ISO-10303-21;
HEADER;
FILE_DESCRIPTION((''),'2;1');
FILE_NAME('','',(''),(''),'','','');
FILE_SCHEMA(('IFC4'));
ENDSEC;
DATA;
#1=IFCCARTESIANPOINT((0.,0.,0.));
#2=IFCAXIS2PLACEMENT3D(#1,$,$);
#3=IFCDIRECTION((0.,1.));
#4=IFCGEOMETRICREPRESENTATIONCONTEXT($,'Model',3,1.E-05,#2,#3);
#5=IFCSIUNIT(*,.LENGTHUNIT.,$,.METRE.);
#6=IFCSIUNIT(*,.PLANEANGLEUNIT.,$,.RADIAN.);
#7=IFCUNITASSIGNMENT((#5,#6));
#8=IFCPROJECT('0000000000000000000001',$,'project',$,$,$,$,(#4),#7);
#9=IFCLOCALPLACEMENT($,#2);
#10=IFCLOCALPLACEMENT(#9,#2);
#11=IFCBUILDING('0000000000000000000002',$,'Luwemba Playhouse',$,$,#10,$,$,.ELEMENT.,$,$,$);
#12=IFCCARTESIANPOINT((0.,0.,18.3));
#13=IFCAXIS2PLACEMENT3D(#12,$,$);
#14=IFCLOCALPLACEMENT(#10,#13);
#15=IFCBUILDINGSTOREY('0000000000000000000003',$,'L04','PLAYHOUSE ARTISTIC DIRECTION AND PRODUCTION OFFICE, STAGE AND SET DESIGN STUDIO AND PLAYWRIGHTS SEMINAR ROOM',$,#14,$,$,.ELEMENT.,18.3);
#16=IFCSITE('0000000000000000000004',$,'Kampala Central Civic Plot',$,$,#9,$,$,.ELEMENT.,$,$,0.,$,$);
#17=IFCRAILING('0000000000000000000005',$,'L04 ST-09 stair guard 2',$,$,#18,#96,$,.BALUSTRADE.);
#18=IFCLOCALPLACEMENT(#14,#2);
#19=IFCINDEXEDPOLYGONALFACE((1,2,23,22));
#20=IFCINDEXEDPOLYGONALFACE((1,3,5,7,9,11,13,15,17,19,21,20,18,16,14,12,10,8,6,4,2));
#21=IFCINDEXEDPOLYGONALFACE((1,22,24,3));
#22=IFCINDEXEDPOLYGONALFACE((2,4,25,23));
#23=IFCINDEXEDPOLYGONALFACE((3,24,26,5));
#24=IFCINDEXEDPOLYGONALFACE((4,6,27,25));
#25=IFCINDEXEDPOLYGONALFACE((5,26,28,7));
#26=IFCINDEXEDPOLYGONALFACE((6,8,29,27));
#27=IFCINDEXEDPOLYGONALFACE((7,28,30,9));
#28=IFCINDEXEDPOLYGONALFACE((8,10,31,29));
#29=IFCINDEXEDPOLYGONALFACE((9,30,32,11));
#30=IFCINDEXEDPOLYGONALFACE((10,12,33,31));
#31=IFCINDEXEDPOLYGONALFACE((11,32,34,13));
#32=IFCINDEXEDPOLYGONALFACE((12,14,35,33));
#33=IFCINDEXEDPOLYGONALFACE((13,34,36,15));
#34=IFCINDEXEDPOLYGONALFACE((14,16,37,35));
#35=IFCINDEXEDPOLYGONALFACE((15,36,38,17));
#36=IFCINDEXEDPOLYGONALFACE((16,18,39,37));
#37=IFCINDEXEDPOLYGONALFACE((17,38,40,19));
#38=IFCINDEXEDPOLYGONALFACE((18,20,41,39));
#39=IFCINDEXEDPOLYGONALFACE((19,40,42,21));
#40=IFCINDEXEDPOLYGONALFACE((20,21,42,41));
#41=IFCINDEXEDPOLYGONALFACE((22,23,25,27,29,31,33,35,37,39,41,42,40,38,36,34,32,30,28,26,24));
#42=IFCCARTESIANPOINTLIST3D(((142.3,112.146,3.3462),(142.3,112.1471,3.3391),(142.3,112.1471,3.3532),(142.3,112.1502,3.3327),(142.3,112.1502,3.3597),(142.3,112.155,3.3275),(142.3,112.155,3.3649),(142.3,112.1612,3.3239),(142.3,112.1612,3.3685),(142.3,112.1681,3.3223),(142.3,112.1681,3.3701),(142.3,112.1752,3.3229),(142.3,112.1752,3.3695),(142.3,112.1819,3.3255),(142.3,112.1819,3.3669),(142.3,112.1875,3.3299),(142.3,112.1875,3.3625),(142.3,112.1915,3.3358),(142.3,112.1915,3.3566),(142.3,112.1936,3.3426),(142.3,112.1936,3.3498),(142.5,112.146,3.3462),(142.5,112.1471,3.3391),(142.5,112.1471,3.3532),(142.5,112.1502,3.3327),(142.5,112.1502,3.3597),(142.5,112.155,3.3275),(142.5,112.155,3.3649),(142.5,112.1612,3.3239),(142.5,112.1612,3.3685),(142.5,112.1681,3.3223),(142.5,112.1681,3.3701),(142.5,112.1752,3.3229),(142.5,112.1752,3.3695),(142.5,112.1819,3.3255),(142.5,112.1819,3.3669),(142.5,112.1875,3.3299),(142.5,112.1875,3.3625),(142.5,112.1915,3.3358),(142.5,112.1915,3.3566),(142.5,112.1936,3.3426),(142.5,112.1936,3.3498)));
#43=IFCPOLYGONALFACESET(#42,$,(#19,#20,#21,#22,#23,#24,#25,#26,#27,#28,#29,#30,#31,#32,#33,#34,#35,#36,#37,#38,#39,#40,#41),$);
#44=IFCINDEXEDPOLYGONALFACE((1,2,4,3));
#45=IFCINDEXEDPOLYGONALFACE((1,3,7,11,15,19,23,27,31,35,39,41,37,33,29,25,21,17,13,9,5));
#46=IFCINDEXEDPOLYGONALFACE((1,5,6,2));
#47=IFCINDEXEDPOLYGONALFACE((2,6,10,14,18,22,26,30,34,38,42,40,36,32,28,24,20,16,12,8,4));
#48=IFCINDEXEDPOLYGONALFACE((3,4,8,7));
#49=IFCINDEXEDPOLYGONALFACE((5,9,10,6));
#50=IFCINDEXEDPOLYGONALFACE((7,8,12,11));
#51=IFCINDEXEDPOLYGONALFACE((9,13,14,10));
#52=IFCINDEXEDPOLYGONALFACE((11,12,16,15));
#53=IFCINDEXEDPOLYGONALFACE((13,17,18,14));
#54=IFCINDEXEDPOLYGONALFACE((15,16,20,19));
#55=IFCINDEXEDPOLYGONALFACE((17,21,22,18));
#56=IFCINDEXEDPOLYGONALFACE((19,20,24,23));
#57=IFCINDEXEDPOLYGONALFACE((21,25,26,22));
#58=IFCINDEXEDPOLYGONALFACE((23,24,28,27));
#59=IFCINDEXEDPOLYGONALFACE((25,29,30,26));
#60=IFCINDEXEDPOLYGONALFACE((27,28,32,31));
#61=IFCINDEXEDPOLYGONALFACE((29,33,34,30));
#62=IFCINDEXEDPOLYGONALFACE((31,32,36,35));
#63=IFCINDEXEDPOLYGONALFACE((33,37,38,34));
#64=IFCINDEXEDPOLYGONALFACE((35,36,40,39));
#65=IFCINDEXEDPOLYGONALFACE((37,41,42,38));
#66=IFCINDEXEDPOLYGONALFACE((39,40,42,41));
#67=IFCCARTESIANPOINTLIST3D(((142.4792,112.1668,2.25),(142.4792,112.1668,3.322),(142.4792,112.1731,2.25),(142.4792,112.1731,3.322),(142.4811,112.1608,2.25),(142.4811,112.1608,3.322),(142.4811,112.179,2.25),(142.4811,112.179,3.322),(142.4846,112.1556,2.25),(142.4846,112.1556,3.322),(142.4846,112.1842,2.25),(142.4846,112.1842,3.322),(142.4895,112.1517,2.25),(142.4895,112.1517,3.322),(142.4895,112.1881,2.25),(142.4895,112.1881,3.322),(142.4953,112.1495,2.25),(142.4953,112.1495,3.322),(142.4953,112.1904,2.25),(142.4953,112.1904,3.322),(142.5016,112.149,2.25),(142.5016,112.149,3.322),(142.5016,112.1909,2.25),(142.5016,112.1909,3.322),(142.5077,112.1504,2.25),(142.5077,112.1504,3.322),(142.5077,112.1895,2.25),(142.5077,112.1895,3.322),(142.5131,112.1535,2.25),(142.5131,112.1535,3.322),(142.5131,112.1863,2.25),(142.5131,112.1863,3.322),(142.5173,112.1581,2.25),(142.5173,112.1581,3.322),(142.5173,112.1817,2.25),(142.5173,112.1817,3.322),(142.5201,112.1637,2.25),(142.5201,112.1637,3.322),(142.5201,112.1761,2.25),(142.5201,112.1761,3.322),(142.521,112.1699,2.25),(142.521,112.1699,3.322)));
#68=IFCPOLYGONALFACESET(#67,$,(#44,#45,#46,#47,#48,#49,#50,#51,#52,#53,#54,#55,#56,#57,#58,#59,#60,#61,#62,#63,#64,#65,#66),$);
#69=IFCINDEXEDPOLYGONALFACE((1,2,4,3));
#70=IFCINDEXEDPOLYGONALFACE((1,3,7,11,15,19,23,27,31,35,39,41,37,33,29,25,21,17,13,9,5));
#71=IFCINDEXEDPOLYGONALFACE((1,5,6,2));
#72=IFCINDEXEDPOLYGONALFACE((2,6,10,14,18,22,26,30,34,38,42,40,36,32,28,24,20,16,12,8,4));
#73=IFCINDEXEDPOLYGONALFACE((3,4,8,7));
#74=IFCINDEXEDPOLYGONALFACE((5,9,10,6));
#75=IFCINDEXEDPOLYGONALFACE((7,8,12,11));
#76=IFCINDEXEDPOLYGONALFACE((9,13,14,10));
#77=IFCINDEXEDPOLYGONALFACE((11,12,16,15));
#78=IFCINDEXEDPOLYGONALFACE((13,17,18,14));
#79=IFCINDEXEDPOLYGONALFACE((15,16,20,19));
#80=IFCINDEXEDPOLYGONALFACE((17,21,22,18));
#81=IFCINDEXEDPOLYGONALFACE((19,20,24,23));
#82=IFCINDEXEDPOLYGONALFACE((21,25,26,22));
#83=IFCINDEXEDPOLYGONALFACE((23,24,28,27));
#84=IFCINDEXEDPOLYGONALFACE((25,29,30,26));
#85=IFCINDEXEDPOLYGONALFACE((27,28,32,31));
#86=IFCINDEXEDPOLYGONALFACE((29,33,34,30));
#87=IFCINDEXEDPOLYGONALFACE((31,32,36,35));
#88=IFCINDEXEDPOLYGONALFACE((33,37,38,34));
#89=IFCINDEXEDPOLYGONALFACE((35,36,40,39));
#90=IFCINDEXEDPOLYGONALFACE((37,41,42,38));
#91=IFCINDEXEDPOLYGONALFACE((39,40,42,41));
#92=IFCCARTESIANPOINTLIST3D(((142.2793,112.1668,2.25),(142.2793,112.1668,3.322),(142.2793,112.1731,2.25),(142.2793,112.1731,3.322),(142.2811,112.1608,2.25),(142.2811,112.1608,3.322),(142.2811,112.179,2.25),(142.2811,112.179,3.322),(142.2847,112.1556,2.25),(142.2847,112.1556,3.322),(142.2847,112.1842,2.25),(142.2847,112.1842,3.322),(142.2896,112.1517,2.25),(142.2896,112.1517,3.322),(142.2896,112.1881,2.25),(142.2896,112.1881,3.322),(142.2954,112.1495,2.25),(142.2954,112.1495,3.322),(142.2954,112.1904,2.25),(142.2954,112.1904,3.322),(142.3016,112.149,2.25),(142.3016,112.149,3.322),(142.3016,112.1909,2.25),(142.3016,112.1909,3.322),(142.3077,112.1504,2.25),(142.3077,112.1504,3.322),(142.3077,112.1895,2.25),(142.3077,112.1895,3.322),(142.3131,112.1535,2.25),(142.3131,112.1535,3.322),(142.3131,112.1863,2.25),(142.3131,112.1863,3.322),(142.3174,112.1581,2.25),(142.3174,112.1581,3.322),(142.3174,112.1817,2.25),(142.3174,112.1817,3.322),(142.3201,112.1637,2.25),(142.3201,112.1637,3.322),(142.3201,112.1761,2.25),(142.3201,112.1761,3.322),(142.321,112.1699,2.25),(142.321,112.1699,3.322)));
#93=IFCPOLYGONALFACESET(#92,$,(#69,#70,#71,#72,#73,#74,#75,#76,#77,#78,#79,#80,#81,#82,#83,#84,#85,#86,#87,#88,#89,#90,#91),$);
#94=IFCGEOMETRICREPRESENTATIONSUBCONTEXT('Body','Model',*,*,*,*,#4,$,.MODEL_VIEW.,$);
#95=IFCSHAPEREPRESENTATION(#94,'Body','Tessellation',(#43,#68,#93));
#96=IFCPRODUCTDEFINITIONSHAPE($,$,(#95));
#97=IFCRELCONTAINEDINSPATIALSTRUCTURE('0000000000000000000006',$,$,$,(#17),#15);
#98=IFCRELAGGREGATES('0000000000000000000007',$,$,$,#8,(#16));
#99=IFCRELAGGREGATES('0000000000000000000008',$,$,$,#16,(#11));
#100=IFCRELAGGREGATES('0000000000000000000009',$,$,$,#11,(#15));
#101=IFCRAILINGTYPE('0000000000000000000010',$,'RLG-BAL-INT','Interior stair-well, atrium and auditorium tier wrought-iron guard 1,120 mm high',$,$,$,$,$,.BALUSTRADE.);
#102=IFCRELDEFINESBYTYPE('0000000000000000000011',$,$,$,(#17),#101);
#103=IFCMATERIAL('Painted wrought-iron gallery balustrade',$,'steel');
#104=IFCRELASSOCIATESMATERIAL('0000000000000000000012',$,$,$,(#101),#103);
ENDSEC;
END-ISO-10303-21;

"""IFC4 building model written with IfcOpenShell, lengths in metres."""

from ifc_helpers import new_model, si_unit, direction, frame, origin, origin_2d, place, context, subcontext, project, spatial, circle, extrude, material, type_object, element, save


model = new_model("IFC4")

# Units and contexts
model_context = context("Model", 3, precision=1e-05, world=origin(), true_north=direction((0.0, 1.0)))
body_context = subcontext(model_context, "Body", "Model", "MODEL_VIEW")
ifc_project = project(units=[si_unit("LENGTHUNIT", "METRE"), si_unit("PLANEANGLEUNIT", "RADIAN")], contexts=[model_context])

# Site, building, storey
site_placement = place(None, origin())
site = spatial("IfcSite", under=ifc_project, at=site_placement, Name="Kampala Central Civic Plot", CompositionType="ELEMENT", RefElevation=0.0)
building_placement = place(site_placement, origin())
building = spatial("IfcBuilding", under=site, at=building_placement, Name="Luwemba Playhouse", CompositionType="ELEMENT")
storey_placement = place(building_placement, frame((0.0, 0.0, 18.3)))
storey = spatial("IfcBuildingStorey", under=building, at=storey_placement, Name="L04", Description="PLAYHOUSE ARTISTIC DIRECTION AND PRODUCTION OFFICE, STAGE AND SET DESIGN STUDIO AND PLAYWRIGHTS SEMINAR ROOM", CompositionType="ELEMENT", Elevation=18.3)

# Railing
ifc_material_1 = material(Name="Painted wrought-iron gallery balustrade", Category="steel")
railing_type_1 = type_object("IfcRailingType", Name="RLG-BAL-INT", Description="Interior stair-well, atrium and auditorium tier wrought-iron guard 1,120 mm high", PredefinedType="BALUSTRADE", material=ifc_material_1)
railing_1_placement = place(storey_placement, frame((142.5, 112.1699, 2.25)))
element("IfcRailing", 1, at=railing_1_placement, inside=storey, type_object=railing_type_1, Name="L04 ST-09 stair guard 2", PredefinedType="BALUSTRADE", context=body_context, shape_type="SweptSolid", body=[
    extrude(circle(Radius=0.0239, at=origin_2d()), frame((0.0, 0.0, 1.0962), z_axis=(-1.0, 0.0, 0.0), x_axis=(0.0, -1.0, 0.0)), (0.0, 0.0, 1.0), 0.2),
    extrude(circle(Radius=0.021, at=origin_2d()), origin(), (0.0, 0.0, 1.0), 1.072),
    extrude(circle(Radius=0.021, at=origin_2d()), frame((-0.2, 0.0, 0.0)), (0.0, 0.0, 1.0), 1.072),
])

save(model, "model.ifc")
